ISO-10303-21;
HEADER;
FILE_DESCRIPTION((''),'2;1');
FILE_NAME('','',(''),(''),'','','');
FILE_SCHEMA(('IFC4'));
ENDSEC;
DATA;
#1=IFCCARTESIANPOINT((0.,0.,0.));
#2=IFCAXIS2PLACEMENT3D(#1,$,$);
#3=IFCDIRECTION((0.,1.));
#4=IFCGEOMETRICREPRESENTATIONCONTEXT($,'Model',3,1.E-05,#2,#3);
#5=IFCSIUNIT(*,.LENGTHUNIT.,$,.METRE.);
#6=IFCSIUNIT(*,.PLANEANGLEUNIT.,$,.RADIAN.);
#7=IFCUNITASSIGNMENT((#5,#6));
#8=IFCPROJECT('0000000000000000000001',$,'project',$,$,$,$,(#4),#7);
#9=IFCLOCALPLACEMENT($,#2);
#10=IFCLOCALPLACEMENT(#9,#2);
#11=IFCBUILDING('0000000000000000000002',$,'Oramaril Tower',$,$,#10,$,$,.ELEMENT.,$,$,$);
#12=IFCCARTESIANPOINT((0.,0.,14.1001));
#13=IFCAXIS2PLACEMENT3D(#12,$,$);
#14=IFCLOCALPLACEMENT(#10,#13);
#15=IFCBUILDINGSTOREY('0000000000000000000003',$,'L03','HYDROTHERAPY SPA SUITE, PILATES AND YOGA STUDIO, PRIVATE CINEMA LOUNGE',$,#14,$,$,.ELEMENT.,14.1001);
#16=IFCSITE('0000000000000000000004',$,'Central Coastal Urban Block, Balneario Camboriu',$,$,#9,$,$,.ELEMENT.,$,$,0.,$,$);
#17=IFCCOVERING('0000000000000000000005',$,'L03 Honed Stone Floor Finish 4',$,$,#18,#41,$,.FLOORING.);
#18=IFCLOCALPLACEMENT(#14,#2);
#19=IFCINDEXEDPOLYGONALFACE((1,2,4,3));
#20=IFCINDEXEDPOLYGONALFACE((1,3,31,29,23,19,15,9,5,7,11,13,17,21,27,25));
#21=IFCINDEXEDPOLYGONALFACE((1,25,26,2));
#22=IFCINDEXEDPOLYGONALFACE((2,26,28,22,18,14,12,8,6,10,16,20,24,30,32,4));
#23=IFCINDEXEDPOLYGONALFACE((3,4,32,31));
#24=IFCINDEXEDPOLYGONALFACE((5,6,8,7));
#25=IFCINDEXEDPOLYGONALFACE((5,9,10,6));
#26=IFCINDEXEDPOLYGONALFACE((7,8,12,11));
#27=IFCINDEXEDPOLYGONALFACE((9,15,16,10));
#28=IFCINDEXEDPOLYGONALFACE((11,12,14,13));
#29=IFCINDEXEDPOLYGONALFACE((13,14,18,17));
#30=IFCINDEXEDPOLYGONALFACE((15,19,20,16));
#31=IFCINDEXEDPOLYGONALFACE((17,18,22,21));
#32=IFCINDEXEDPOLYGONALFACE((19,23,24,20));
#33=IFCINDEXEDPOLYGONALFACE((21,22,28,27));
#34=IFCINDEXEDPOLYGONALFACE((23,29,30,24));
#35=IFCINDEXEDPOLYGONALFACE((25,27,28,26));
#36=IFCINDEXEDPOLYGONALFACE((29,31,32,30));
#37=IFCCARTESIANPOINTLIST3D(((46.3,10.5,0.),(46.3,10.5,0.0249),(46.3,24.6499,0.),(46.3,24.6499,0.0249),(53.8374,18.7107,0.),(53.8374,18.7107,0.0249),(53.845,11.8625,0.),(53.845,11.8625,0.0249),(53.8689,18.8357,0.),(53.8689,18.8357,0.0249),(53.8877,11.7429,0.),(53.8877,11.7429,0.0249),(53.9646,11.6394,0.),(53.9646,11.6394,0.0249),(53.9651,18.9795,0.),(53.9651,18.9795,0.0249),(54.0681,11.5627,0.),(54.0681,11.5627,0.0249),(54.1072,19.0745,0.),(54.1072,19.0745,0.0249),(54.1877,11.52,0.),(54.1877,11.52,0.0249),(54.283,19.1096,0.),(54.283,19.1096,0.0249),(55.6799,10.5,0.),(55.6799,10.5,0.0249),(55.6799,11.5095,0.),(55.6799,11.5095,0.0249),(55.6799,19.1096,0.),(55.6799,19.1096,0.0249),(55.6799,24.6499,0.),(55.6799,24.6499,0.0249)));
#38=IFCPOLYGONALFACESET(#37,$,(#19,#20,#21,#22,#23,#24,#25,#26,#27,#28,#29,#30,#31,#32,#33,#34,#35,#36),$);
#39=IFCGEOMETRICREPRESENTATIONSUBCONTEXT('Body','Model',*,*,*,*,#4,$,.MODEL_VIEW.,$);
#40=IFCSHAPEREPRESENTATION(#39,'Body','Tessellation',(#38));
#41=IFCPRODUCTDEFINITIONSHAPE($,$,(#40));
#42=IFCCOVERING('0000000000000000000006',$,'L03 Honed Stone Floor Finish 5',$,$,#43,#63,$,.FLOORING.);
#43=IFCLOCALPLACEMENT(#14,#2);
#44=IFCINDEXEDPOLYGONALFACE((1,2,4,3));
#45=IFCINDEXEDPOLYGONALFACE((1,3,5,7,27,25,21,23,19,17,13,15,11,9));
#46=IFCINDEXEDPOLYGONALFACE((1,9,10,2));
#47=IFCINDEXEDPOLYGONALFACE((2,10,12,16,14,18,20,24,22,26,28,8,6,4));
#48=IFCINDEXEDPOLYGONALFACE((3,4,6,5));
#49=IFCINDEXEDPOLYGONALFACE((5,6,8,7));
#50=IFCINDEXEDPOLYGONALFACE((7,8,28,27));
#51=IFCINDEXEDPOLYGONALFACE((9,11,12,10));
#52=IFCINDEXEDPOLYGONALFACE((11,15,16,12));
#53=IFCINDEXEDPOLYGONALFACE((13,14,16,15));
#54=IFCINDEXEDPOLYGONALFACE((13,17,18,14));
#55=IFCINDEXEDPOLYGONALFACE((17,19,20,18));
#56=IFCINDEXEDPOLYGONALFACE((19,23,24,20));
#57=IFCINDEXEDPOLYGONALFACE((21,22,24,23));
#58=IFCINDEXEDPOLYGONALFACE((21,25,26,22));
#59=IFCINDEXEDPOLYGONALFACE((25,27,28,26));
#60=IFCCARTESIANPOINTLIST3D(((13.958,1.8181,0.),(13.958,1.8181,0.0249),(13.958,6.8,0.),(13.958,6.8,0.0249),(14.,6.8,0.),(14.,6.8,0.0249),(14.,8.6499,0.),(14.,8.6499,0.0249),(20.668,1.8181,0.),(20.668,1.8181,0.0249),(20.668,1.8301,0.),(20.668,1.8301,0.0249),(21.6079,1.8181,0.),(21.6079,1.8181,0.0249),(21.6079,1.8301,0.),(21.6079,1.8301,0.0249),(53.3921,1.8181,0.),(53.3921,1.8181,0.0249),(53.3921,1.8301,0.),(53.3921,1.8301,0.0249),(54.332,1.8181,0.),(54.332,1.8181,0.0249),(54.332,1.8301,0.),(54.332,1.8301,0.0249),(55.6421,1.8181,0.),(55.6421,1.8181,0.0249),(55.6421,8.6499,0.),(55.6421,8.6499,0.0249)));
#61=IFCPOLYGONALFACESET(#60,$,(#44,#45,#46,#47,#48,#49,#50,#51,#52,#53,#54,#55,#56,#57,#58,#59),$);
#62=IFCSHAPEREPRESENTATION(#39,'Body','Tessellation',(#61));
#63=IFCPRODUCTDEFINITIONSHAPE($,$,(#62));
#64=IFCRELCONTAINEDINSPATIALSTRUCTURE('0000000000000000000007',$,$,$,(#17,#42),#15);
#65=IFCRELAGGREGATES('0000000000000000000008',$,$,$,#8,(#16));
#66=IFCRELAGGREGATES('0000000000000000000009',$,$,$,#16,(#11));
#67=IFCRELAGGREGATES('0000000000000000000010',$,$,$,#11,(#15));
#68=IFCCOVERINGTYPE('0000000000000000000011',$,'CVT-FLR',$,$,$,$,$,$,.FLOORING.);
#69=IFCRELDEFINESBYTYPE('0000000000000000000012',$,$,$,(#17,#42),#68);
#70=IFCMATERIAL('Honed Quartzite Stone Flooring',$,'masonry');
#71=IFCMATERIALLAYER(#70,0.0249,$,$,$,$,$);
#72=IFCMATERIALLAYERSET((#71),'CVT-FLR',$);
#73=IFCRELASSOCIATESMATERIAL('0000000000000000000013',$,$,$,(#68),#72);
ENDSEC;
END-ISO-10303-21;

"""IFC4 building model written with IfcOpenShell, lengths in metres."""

from ifc_helpers import new_model, si_unit, direction, frame, origin, place, context, subcontext, project, spatial, polyline, outline, extrude, material, layer, layer_set, type_object, element, save


model = new_model("IFC4")

# Units and contexts
model_context = context("Model", 3, precision=1e-05, world=origin(), true_north=direction((0.0, 1.0)))
body_context = subcontext(model_context, "Body", "Model", "MODEL_VIEW")
ifc_project = project(units=[si_unit("LENGTHUNIT", "METRE"), si_unit("PLANEANGLEUNIT", "RADIAN")], contexts=[model_context])

# Site, building, storey
site_placement = place(None, origin())
site = spatial("IfcSite", under=ifc_project, at=site_placement, Name="Central Coastal Urban Block, Balneario Camboriu", CompositionType="ELEMENT", RefElevation=0.0)
building_placement = place(site_placement, origin())
building = spatial("IfcBuilding", under=site, at=building_placement, Name="Oramaril Tower", CompositionType="ELEMENT")
storey_placement = place(building_placement, frame((0.0, 0.0, 14.1001)))
storey = spatial("IfcBuildingStorey", under=building, at=storey_placement, Name="L03", Description="HYDROTHERAPY SPA SUITE, PILATES AND YOGA STUDIO, PRIVATE CINEMA LOUNGE", CompositionType="ELEMENT", Elevation=14.1001)

# Coverings
ifc_material_1 = material(Name="Honed Quartzite Stone Flooring", Category="masonry")
ifc_layer_1 = layer(ifc_material_1, 0.0249)
ifc_layer_set_1 = layer_set([ifc_layer_1], Name="CVT-FLR")
covering_type_1 = type_object("IfcCoveringType", Name="CVT-FLR", PredefinedType="FLOORING", material=ifc_layer_set_1)
covering_1_placement = place(storey_placement, origin())
element("IfcCovering", 1, at=covering_1_placement, inside=storey, type_object=covering_type_1, Name="L03 Honed Stone Floor Finish 4", PredefinedType="FLOORING", context=body_context, shape_type="SweptSolid", body=[
    extrude(outline(polyline([(53.9651, 18.9795), (53.8689, 18.8357), (53.8374, 18.7107), (53.845, 11.8625), (53.8877, 11.7429), (53.9646, 11.6394), (54.0681, 11.5627), (54.1877, 11.52), (55.6799, 11.5095), (55.6799, 10.5), (46.3, 10.5), (46.3, 24.6499), (55.6799, 24.6499), (55.6799, 19.1096), (54.283, 19.1096), (54.1072, 19.0745), (53.9651, 18.9795)])), origin(), (0.0, 0.0, 1.0), 0.0249),
])
covering_2_placement = place(storey_placement, origin())
element("IfcCovering", 2, at=covering_2_placement, inside=storey, type_object=covering_type_1, Name="L03 Honed Stone Floor Finish 5", PredefinedType="FLOORING", context=body_context, shape_type="SweptSolid", body=[
    extrude(outline(polyline([(14.0, 6.8), (14.0, 8.6499), (55.6421, 8.6499), (55.6421, 1.8181), (54.332, 1.8181), (54.332, 1.8301), (53.3921, 1.8301), (53.3921, 1.8181), (21.6079, 1.8181), (21.6079, 1.8301), (20.668, 1.8301), (20.668, 1.8181), (13.958, 1.8181), (13.958, 6.8), (14.0, 6.8)])), origin(), (0.0, 0.0, 1.0), 0.0249),
])

save(model, "model.ifc")
